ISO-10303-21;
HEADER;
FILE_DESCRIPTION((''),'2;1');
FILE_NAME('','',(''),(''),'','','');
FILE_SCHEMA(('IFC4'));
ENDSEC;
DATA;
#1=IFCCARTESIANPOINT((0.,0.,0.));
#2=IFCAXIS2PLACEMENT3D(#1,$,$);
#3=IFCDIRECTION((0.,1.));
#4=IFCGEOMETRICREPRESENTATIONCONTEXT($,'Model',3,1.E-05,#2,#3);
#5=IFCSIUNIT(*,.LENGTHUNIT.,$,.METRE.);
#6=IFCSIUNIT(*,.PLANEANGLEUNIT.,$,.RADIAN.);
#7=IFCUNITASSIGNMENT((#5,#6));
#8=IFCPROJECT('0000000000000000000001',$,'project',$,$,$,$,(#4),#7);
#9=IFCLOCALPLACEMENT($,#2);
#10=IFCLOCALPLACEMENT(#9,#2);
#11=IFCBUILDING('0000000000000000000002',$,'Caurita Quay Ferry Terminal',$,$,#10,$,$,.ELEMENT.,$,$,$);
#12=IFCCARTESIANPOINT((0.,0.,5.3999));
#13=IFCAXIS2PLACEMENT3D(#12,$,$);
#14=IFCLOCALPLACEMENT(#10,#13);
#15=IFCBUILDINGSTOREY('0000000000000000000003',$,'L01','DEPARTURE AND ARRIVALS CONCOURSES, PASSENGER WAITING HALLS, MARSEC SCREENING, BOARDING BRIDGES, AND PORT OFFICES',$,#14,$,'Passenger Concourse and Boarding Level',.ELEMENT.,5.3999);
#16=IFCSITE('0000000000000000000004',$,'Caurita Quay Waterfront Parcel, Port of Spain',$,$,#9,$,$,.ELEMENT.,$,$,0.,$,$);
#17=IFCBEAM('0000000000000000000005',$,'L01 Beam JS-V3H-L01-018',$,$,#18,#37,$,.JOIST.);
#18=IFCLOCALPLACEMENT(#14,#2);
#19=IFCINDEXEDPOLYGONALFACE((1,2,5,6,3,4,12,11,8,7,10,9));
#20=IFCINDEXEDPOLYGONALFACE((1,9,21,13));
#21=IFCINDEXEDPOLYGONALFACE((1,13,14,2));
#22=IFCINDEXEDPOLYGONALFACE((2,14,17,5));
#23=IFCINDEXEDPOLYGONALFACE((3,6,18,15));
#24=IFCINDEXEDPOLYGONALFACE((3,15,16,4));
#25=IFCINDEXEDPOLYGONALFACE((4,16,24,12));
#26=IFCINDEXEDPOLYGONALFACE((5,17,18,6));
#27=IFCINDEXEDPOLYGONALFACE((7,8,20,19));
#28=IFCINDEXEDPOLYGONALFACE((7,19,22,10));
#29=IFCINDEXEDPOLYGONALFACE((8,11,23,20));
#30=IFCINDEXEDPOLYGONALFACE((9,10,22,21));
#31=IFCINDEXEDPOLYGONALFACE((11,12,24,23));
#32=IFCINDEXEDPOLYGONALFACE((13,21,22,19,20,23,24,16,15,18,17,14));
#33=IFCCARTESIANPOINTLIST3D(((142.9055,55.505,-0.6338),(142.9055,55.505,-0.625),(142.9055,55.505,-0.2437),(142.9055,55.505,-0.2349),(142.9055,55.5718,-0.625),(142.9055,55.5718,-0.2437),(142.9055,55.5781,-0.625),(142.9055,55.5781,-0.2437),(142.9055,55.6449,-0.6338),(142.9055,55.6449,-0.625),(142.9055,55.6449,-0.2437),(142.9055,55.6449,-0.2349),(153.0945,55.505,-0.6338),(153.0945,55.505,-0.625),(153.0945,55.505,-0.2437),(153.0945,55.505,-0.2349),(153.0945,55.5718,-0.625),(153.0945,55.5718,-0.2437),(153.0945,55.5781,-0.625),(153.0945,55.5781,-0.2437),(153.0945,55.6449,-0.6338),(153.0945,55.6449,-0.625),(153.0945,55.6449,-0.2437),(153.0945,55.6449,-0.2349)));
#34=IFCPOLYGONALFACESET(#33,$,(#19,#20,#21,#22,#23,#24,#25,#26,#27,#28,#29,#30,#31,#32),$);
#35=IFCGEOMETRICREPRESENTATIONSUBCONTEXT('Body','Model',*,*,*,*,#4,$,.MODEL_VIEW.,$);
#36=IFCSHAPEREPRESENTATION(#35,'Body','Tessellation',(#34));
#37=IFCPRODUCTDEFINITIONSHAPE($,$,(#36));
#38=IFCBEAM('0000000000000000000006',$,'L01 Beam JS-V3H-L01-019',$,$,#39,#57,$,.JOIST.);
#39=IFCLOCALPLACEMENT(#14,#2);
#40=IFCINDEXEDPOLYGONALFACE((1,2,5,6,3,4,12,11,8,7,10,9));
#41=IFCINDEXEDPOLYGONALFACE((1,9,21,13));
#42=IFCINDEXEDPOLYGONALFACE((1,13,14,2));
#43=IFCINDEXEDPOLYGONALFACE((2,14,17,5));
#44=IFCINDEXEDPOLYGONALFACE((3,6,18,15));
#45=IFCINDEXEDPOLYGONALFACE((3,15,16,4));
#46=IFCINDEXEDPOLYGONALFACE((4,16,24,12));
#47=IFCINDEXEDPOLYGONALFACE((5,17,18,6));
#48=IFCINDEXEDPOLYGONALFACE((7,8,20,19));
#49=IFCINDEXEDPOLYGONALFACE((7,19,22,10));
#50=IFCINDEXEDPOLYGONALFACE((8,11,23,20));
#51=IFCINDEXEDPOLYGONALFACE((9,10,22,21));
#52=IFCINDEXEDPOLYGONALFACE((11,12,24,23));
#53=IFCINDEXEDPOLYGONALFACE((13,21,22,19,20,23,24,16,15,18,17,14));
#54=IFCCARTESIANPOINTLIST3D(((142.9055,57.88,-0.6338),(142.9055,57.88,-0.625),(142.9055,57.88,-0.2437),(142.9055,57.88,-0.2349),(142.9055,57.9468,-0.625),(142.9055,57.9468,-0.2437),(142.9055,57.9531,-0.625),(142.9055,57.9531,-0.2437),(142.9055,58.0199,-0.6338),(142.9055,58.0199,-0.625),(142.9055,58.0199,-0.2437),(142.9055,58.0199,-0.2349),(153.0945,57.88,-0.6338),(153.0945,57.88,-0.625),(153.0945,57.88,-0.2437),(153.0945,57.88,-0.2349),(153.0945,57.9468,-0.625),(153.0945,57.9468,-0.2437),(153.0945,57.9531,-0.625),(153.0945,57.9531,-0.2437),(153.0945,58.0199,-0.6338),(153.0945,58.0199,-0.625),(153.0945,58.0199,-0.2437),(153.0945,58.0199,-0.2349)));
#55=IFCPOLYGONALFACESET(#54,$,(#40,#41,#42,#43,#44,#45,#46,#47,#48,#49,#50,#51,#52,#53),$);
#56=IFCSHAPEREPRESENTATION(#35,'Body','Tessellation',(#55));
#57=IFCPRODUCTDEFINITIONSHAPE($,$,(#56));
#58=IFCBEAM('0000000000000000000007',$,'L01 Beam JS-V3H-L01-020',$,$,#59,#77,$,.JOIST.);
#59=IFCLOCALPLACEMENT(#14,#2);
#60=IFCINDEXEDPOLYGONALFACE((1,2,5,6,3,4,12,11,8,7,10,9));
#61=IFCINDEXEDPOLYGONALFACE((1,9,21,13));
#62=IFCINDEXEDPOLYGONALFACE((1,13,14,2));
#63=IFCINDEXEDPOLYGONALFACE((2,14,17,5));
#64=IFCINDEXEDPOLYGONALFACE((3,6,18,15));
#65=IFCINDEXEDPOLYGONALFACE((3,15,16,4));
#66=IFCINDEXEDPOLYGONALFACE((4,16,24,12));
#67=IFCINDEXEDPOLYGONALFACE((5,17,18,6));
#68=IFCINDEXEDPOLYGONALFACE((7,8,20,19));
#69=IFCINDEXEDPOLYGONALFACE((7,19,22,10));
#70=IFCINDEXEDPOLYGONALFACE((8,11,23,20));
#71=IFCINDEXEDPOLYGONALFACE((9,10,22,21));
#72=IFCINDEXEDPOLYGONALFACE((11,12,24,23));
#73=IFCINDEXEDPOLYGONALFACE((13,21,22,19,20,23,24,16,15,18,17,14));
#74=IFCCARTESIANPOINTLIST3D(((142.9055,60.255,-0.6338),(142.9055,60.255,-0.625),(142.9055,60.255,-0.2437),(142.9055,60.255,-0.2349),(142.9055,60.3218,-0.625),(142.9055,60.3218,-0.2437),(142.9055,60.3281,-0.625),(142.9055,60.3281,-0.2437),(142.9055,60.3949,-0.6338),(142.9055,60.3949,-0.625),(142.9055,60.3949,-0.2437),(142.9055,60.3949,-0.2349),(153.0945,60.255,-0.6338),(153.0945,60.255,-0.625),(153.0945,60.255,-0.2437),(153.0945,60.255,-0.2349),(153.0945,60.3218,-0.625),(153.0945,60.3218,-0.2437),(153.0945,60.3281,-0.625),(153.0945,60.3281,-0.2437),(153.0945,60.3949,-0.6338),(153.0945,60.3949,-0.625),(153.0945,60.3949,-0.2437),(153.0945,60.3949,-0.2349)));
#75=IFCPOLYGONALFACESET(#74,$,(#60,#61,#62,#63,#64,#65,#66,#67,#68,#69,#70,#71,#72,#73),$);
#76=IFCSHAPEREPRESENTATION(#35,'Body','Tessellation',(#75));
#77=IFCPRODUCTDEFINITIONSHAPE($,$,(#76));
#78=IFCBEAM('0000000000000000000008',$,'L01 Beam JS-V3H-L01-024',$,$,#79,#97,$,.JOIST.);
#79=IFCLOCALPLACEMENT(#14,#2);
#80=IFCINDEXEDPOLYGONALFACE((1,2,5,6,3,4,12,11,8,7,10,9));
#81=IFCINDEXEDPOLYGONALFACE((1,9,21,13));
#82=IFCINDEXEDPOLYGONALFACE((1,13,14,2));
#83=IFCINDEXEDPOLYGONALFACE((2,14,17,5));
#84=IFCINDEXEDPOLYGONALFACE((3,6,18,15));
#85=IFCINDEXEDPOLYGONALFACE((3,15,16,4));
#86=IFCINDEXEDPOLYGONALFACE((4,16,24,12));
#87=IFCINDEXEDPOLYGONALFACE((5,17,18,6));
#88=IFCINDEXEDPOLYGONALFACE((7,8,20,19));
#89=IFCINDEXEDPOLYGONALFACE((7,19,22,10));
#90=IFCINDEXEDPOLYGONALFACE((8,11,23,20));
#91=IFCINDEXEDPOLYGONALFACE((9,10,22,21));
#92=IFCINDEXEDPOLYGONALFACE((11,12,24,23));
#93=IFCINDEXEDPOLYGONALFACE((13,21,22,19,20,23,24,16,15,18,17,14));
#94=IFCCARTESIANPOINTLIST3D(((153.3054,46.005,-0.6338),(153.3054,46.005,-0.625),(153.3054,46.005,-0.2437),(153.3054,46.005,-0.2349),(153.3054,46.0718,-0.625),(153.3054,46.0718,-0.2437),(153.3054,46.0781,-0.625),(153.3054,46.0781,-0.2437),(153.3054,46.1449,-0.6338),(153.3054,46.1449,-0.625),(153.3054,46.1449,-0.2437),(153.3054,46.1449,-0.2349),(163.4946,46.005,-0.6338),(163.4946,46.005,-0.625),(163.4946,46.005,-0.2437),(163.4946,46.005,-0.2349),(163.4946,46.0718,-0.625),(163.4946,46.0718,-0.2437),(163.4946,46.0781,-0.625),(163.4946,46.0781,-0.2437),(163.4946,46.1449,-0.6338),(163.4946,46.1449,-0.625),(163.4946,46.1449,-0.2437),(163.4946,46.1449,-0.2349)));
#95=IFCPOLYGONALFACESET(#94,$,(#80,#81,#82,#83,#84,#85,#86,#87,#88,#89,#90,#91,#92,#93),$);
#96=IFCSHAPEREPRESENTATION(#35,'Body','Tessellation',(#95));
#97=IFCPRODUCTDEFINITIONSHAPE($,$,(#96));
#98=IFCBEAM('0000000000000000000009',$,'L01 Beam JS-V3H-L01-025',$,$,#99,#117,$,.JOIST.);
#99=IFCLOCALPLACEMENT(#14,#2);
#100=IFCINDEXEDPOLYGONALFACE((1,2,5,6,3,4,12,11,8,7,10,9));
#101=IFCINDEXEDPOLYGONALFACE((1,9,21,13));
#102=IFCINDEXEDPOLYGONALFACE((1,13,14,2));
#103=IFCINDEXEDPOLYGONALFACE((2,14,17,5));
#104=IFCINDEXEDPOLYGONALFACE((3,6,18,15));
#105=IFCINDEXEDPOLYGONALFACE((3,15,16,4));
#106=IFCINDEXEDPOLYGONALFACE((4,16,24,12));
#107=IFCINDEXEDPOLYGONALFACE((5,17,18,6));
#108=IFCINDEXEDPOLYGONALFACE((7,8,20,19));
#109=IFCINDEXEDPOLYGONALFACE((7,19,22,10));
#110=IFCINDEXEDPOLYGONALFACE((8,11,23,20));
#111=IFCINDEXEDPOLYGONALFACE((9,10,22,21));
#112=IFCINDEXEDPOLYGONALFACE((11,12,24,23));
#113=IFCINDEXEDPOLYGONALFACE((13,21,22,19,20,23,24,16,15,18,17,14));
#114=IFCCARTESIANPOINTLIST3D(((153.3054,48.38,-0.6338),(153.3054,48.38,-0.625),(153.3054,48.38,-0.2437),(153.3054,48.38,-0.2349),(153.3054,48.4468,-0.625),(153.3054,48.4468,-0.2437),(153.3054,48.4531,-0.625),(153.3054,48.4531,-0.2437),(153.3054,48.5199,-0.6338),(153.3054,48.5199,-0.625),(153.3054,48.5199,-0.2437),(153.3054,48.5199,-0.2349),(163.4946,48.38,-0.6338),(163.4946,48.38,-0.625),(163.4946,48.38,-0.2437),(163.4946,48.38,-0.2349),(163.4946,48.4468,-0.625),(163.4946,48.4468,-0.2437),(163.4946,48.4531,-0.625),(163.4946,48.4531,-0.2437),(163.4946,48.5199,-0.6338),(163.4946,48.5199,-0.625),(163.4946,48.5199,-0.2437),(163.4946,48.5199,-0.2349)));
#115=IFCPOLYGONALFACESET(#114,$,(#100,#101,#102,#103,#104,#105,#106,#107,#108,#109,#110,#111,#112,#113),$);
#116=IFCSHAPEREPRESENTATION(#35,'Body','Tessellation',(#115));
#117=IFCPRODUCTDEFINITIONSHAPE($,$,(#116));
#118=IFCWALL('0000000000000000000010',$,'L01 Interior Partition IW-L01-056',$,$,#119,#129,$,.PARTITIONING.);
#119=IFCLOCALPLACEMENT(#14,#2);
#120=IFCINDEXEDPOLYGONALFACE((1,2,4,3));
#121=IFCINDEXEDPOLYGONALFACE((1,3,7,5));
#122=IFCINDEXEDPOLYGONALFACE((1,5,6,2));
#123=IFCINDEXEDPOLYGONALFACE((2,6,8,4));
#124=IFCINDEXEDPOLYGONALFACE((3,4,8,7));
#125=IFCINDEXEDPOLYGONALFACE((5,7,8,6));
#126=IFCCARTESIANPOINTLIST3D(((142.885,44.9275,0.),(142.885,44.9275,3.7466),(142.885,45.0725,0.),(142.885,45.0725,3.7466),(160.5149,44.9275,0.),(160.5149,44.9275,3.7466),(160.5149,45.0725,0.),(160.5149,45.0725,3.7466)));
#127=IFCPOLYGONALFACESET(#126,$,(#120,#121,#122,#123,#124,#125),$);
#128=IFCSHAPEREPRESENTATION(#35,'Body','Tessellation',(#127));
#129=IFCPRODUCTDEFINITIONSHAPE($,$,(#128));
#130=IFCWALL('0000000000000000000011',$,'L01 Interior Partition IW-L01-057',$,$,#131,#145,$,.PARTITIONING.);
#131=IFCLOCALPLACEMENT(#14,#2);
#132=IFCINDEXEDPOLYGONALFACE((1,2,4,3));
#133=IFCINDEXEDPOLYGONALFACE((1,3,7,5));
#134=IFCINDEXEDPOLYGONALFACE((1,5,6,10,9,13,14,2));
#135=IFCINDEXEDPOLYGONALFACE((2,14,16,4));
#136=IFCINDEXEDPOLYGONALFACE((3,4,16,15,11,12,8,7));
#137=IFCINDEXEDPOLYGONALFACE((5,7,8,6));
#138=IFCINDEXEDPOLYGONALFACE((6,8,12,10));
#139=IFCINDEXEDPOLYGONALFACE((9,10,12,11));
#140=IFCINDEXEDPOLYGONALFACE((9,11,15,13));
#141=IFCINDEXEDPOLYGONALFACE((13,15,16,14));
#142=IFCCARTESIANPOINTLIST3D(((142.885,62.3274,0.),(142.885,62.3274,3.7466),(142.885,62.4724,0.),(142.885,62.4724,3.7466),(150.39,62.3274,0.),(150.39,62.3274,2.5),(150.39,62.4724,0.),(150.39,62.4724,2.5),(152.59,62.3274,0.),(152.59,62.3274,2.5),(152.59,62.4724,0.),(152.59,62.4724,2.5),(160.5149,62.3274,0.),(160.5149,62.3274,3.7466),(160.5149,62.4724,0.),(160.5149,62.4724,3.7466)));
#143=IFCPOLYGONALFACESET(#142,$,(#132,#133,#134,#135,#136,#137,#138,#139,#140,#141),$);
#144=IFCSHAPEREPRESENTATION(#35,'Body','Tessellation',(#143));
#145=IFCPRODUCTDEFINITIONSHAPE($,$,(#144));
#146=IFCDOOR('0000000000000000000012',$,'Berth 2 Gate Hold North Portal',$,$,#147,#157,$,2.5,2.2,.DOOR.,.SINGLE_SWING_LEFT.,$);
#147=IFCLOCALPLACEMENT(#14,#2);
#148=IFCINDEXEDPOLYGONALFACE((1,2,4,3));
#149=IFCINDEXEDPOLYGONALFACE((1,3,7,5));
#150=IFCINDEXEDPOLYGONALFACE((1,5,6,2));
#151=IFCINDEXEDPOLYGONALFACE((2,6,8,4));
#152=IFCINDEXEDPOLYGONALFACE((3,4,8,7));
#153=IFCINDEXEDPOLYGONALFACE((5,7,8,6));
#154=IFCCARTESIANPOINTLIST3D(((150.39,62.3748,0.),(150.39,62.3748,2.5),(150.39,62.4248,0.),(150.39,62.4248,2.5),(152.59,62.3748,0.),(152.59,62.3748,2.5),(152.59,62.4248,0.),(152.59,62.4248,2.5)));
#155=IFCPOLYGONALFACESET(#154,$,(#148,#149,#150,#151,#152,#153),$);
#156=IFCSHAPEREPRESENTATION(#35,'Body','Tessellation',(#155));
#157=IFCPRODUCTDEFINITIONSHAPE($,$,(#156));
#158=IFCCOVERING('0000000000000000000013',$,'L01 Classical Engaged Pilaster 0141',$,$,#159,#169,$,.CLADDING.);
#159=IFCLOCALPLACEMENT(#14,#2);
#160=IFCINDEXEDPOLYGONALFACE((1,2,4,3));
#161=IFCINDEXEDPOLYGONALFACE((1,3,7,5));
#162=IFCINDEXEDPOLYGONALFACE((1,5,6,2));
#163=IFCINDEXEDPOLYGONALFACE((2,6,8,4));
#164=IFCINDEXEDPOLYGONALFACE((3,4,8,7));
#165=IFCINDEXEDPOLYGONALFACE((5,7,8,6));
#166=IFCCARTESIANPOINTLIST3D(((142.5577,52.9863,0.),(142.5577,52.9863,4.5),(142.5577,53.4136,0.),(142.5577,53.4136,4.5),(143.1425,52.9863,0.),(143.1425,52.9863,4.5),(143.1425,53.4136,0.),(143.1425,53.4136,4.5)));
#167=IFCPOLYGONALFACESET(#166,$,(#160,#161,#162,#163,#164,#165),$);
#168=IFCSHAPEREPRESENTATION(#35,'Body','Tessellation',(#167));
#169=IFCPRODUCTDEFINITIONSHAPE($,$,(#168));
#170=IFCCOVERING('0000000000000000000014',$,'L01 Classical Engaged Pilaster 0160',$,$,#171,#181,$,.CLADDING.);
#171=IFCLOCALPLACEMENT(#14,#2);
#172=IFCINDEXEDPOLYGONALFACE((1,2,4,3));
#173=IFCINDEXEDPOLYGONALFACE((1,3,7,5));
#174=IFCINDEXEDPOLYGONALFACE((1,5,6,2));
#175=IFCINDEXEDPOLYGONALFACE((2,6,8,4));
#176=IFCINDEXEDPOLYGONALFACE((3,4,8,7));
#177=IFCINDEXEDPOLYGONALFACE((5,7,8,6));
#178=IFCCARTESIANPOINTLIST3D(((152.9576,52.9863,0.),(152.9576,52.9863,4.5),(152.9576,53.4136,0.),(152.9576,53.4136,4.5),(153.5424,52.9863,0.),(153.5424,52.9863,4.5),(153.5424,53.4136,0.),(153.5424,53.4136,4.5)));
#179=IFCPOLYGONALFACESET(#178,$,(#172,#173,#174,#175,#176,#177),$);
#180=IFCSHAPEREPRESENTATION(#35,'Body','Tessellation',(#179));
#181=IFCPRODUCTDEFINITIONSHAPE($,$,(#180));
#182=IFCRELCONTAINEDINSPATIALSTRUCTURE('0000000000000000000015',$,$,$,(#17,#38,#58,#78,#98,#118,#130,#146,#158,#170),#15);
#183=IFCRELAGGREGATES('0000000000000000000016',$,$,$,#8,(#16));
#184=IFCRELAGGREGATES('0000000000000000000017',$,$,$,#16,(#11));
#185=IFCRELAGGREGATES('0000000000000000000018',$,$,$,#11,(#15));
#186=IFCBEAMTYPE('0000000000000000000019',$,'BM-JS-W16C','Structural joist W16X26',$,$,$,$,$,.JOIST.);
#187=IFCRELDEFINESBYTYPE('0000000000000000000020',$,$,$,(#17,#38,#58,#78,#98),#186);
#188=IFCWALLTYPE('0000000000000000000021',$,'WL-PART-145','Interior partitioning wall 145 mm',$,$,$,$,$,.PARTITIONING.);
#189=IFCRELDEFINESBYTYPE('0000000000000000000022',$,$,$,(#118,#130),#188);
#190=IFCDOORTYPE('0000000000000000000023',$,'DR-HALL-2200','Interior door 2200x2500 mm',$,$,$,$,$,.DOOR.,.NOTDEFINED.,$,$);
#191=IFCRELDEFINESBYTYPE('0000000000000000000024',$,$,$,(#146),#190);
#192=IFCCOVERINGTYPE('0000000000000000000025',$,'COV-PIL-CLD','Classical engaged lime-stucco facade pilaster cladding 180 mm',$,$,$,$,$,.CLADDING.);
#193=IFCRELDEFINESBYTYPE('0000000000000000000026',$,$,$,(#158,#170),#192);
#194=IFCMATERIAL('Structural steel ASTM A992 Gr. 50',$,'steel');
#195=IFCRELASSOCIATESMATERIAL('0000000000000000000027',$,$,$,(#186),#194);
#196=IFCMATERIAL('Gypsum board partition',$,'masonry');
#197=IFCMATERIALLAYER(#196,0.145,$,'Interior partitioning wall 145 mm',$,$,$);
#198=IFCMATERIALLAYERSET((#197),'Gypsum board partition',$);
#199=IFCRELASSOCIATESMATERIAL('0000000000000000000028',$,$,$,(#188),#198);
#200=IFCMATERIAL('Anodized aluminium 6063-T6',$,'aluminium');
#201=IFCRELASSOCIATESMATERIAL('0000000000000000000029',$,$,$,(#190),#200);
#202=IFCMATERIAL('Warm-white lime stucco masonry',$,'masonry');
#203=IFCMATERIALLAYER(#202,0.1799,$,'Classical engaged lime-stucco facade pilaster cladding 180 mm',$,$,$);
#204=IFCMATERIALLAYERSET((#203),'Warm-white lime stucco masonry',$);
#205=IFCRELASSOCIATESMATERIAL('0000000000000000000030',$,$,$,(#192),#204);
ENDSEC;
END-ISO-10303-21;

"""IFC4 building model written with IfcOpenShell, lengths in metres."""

from ifc_helpers import new_model, si_unit, direction, frame, frame_2d, origin, origin_2d, place, context, subcontext, project, spatial, rectangle, i_section, extrude, material, layer, layer_set, material_profile, profile_set, type_object, element, fill, save


model = new_model("IFC4")

# Units and contexts
model_context = context("Model", 3, precision=1e-05, world=origin(), true_north=direction((0.0, 1.0)))
body_context = subcontext(model_context, "Body", "Model", "MODEL_VIEW")
ifc_project = project(units=[si_unit("LENGTHUNIT", "METRE"), si_unit("PLANEANGLEUNIT", "RADIAN")], contexts=[model_context])

# Site, building, storey
site_placement = place(None, origin())
site = spatial("IfcSite", under=ifc_project, at=site_placement, Name="Caurita Quay Waterfront Parcel, Port of Spain", CompositionType="ELEMENT", RefElevation=0.0)
building_placement = place(site_placement, origin())
building = spatial("IfcBuilding", under=site, at=building_placement, Name="Caurita Quay Ferry Terminal", CompositionType="ELEMENT")
storey_placement = place(building_placement, frame((0.0, 0.0, 5.3999)))
storey = spatial("IfcBuildingStorey", under=building, at=storey_placement, Name="L01", Description="DEPARTURE AND ARRIVALS CONCOURSES, PASSENGER WAITING HALLS, MARSEC SCREENING, BOARDING BRIDGES, AND PORT OFFICES", LongName="Passenger Concourse and Boarding Level", CompositionType="ELEMENT", Elevation=5.3999)

# Shared definitions
ifc_material_1 = material(Name="Structural steel ASTM A992 Gr. 50", Category="steel")

# Beams
ifc_material_profile_1 = material_profile(ifc_material_1, i_section(OverallWidth=0.1399, OverallDepth=0.3989, WebThickness=0.0063, FlangeThickness=0.0088, at=origin_2d()), Name="W16X26")
ifc_profile_set_1 = profile_set([ifc_material_profile_1], Name="Structural steel ASTM A992 Gr. 50")
beam_type_1 = type_object("IfcBeamType", Name="BM-JS-W16C", Description="Structural joist W16X26", PredefinedType="JOIST", material=ifc_profile_set_1)
for number, where, z_axis, x_axis, name in (
    (1, (142.9055, 55.575, -0.4343), (1.0, 0.0, 0.0), (0.0, 1.0, 0.0), "L01 Beam JS-V3H-L01-018"),
    (2, (142.9055, 57.95, -0.4343), (1.0, 0.0, 0.0), (0.0, 1.0, 0.0), "L01 Beam JS-V3H-L01-019"),
    (3, (142.9055, 60.325, -0.4343), (1.0, 0.0, 0.0), (0.0, 1.0, 0.0), "L01 Beam JS-V3H-L01-020"),
):
    element("IfcBeam", number, at=place(storey_placement, frame(where, z_axis=z_axis, x_axis=x_axis)), inside=storey, type_object=beam_type_1, Name=name, PredefinedType="JOIST", context=body_context, shape_type="SweptSolid", body=[
        extrude(i_section(OverallWidth=0.1399, OverallDepth=0.3989, WebThickness=0.0063, FlangeThickness=0.0088, at=origin_2d()), origin(), (0.0, 0.0, 1.0), 10.189),
    ])
for number, where, z_axis, x_axis, name in (
    (4, (153.3054, 46.075, -0.4343), (1.0, 0.0, 0.0), (0.0, 1.0, 0.0), "L01 Beam JS-V3H-L01-024"),
    (5, (153.3054, 48.45, -0.4343), (1.0, 0.0, 0.0), (0.0, 1.0, 0.0), "L01 Beam JS-V3H-L01-025"),
):
    element("IfcBeam", number, at=place(storey_placement, frame(where, z_axis=z_axis, x_axis=x_axis)), inside=storey, type_object=beam_type_1, Name=name, PredefinedType="JOIST", context=body_context, shape_type="SweptSolid", body=[
        extrude(i_section(OverallWidth=0.1399, OverallDepth=0.3989, WebThickness=0.0063, FlangeThickness=0.0088, at=origin_2d()), origin(), (0.0, 0.0, 1.0), 10.1892),
    ])

# Wall
ifc_material_2 = material(Name="Gypsum board partition", Category="masonry")
ifc_layer_1 = layer(ifc_material_2, 0.145, Name="Interior partitioning wall 145 mm")
ifc_layer_set_1 = layer_set([ifc_layer_1], Name="Gypsum board partition")
wall_type = type_object("IfcWallType", Name="WL-PART-145", Description="Interior partitioning wall 145 mm", PredefinedType="PARTITIONING", material=ifc_layer_set_1)
wall_1_placement = place(storey_placement, frame((142.885, 45.0, 0.0), z_axis=(0.0, 0.0, 1.0), x_axis=(1.0, 0.0, 0.0)))
element("IfcWall", 6, at=wall_1_placement, inside=storey, type_object=wall_type, Name="L01 Interior Partition IW-L01-056", PredefinedType="PARTITIONING", context=body_context, shape_type="SweptSolid", body=[
    extrude(rectangle(XDim=17.6299, YDim=0.145, at=frame_2d((8.8149, 0.0))), origin(), (0.0, 0.0, 1.0), 3.7466),
])

# Wall, opening, door
wall_2_placement = place(storey_placement, frame((142.885, 62.3999, 0.0), z_axis=(0.0, 0.0, 1.0), x_axis=(1.0, 0.0, 0.0)))
wall_2 = element("IfcWall", 7, at=wall_2_placement, inside=storey, type_object=wall_type, Name="L01 Interior Partition IW-L01-057", PredefinedType="PARTITIONING", context=body_context, shape_type="SweptSolid", body=[
    extrude(rectangle(XDim=17.6299, YDim=0.145, at=frame_2d((8.8149, 0.0))), origin(), (0.0, 0.0, 1.0), 3.7466),
])
opening_placement = place(wall_2_placement, frame((7.5049, 0.0, 0.0)))
opening = element("IfcOpeningElement", 8, at=opening_placement, cuts=wall_2, PredefinedType="OPENING", context=body_context, shape_type="SweptSolid", body=[
    extrude(rectangle(XDim=2.2, YDim=2.5, at=frame_2d((1.1001, 1.25))), frame((0.0, 0.0825, 0.0), z_axis=(0.0, -1.0, 0.0), x_axis=(1.0, 0.0, 0.0)), (0.0, 0.0, 1.0), 0.165),
])
ifc_material_3 = material(Name="Anodized aluminium 6063-T6", Category="aluminium")
door_type = type_object("IfcDoorType", Name="DR-HALL-2200", Description="Interior door 2200x2500 mm", OperationType="NOTDEFINED", PredefinedType="DOOR", material=ifc_material_3)
door_placement = place(opening_placement, origin())
door = element("IfcDoor", 9, at=door_placement, inside=storey, type_object=door_type, Name="Berth 2 Gate Hold North Portal", OperationType="SINGLE_SWING_LEFT", OverallHeight=2.5, OverallWidth=2.2, PredefinedType="DOOR", context=body_context, shape_type="SweptSolid", body=[
    extrude(rectangle(XDim=2.2, YDim=2.5, at=frame_2d((1.1001, 1.25))), frame((0.0, 0.0249, 0.0), z_axis=(0.0, -1.0, 0.0), x_axis=(1.0, 0.0, 0.0)), (0.0, 0.0, 1.0), 0.05),
])
fill(opening, door)

# Coverings
ifc_material_4 = material(Name="Warm-white lime stucco masonry", Category="masonry")
ifc_layer_2 = layer(ifc_material_4, 0.1799, Name="Classical engaged lime-stucco facade pilaster cladding 180 mm")
ifc_layer_set_2 = layer_set([ifc_layer_2], Name="Warm-white lime stucco masonry")
covering_type = type_object("IfcCoveringType", Name="COV-PIL-CLD", Description="Classical engaged lime-stucco facade pilaster cladding 180 mm", PredefinedType="CLADDING", material=ifc_layer_set_2)
for number, where, z_axis, x_axis, name in (
    (10, (142.8501, 53.2, 0.0), (0.0, 0.0, 1.0), (1.0, 0.0, 0.0), "L01 Classical Engaged Pilaster 0141"),
    (11, (153.25, 53.2, 0.0), (0.0, 0.0, 1.0), (1.0, 0.0, 0.0), "L01 Classical Engaged Pilaster 0160"),
):
    element("IfcCovering", number, at=place(storey_placement, frame(where, z_axis=z_axis, x_axis=x_axis)), inside=storey, type_object=covering_type, Name=name, PredefinedType="CLADDING", context=body_context, shape_type="SweptSolid", body=[
        extrude(rectangle(XDim=0.5847, YDim=0.4272, at=origin_2d()), origin(), (0.0, 0.0, 1.0), 4.5),
    ])

save(model, "model.ifc")
